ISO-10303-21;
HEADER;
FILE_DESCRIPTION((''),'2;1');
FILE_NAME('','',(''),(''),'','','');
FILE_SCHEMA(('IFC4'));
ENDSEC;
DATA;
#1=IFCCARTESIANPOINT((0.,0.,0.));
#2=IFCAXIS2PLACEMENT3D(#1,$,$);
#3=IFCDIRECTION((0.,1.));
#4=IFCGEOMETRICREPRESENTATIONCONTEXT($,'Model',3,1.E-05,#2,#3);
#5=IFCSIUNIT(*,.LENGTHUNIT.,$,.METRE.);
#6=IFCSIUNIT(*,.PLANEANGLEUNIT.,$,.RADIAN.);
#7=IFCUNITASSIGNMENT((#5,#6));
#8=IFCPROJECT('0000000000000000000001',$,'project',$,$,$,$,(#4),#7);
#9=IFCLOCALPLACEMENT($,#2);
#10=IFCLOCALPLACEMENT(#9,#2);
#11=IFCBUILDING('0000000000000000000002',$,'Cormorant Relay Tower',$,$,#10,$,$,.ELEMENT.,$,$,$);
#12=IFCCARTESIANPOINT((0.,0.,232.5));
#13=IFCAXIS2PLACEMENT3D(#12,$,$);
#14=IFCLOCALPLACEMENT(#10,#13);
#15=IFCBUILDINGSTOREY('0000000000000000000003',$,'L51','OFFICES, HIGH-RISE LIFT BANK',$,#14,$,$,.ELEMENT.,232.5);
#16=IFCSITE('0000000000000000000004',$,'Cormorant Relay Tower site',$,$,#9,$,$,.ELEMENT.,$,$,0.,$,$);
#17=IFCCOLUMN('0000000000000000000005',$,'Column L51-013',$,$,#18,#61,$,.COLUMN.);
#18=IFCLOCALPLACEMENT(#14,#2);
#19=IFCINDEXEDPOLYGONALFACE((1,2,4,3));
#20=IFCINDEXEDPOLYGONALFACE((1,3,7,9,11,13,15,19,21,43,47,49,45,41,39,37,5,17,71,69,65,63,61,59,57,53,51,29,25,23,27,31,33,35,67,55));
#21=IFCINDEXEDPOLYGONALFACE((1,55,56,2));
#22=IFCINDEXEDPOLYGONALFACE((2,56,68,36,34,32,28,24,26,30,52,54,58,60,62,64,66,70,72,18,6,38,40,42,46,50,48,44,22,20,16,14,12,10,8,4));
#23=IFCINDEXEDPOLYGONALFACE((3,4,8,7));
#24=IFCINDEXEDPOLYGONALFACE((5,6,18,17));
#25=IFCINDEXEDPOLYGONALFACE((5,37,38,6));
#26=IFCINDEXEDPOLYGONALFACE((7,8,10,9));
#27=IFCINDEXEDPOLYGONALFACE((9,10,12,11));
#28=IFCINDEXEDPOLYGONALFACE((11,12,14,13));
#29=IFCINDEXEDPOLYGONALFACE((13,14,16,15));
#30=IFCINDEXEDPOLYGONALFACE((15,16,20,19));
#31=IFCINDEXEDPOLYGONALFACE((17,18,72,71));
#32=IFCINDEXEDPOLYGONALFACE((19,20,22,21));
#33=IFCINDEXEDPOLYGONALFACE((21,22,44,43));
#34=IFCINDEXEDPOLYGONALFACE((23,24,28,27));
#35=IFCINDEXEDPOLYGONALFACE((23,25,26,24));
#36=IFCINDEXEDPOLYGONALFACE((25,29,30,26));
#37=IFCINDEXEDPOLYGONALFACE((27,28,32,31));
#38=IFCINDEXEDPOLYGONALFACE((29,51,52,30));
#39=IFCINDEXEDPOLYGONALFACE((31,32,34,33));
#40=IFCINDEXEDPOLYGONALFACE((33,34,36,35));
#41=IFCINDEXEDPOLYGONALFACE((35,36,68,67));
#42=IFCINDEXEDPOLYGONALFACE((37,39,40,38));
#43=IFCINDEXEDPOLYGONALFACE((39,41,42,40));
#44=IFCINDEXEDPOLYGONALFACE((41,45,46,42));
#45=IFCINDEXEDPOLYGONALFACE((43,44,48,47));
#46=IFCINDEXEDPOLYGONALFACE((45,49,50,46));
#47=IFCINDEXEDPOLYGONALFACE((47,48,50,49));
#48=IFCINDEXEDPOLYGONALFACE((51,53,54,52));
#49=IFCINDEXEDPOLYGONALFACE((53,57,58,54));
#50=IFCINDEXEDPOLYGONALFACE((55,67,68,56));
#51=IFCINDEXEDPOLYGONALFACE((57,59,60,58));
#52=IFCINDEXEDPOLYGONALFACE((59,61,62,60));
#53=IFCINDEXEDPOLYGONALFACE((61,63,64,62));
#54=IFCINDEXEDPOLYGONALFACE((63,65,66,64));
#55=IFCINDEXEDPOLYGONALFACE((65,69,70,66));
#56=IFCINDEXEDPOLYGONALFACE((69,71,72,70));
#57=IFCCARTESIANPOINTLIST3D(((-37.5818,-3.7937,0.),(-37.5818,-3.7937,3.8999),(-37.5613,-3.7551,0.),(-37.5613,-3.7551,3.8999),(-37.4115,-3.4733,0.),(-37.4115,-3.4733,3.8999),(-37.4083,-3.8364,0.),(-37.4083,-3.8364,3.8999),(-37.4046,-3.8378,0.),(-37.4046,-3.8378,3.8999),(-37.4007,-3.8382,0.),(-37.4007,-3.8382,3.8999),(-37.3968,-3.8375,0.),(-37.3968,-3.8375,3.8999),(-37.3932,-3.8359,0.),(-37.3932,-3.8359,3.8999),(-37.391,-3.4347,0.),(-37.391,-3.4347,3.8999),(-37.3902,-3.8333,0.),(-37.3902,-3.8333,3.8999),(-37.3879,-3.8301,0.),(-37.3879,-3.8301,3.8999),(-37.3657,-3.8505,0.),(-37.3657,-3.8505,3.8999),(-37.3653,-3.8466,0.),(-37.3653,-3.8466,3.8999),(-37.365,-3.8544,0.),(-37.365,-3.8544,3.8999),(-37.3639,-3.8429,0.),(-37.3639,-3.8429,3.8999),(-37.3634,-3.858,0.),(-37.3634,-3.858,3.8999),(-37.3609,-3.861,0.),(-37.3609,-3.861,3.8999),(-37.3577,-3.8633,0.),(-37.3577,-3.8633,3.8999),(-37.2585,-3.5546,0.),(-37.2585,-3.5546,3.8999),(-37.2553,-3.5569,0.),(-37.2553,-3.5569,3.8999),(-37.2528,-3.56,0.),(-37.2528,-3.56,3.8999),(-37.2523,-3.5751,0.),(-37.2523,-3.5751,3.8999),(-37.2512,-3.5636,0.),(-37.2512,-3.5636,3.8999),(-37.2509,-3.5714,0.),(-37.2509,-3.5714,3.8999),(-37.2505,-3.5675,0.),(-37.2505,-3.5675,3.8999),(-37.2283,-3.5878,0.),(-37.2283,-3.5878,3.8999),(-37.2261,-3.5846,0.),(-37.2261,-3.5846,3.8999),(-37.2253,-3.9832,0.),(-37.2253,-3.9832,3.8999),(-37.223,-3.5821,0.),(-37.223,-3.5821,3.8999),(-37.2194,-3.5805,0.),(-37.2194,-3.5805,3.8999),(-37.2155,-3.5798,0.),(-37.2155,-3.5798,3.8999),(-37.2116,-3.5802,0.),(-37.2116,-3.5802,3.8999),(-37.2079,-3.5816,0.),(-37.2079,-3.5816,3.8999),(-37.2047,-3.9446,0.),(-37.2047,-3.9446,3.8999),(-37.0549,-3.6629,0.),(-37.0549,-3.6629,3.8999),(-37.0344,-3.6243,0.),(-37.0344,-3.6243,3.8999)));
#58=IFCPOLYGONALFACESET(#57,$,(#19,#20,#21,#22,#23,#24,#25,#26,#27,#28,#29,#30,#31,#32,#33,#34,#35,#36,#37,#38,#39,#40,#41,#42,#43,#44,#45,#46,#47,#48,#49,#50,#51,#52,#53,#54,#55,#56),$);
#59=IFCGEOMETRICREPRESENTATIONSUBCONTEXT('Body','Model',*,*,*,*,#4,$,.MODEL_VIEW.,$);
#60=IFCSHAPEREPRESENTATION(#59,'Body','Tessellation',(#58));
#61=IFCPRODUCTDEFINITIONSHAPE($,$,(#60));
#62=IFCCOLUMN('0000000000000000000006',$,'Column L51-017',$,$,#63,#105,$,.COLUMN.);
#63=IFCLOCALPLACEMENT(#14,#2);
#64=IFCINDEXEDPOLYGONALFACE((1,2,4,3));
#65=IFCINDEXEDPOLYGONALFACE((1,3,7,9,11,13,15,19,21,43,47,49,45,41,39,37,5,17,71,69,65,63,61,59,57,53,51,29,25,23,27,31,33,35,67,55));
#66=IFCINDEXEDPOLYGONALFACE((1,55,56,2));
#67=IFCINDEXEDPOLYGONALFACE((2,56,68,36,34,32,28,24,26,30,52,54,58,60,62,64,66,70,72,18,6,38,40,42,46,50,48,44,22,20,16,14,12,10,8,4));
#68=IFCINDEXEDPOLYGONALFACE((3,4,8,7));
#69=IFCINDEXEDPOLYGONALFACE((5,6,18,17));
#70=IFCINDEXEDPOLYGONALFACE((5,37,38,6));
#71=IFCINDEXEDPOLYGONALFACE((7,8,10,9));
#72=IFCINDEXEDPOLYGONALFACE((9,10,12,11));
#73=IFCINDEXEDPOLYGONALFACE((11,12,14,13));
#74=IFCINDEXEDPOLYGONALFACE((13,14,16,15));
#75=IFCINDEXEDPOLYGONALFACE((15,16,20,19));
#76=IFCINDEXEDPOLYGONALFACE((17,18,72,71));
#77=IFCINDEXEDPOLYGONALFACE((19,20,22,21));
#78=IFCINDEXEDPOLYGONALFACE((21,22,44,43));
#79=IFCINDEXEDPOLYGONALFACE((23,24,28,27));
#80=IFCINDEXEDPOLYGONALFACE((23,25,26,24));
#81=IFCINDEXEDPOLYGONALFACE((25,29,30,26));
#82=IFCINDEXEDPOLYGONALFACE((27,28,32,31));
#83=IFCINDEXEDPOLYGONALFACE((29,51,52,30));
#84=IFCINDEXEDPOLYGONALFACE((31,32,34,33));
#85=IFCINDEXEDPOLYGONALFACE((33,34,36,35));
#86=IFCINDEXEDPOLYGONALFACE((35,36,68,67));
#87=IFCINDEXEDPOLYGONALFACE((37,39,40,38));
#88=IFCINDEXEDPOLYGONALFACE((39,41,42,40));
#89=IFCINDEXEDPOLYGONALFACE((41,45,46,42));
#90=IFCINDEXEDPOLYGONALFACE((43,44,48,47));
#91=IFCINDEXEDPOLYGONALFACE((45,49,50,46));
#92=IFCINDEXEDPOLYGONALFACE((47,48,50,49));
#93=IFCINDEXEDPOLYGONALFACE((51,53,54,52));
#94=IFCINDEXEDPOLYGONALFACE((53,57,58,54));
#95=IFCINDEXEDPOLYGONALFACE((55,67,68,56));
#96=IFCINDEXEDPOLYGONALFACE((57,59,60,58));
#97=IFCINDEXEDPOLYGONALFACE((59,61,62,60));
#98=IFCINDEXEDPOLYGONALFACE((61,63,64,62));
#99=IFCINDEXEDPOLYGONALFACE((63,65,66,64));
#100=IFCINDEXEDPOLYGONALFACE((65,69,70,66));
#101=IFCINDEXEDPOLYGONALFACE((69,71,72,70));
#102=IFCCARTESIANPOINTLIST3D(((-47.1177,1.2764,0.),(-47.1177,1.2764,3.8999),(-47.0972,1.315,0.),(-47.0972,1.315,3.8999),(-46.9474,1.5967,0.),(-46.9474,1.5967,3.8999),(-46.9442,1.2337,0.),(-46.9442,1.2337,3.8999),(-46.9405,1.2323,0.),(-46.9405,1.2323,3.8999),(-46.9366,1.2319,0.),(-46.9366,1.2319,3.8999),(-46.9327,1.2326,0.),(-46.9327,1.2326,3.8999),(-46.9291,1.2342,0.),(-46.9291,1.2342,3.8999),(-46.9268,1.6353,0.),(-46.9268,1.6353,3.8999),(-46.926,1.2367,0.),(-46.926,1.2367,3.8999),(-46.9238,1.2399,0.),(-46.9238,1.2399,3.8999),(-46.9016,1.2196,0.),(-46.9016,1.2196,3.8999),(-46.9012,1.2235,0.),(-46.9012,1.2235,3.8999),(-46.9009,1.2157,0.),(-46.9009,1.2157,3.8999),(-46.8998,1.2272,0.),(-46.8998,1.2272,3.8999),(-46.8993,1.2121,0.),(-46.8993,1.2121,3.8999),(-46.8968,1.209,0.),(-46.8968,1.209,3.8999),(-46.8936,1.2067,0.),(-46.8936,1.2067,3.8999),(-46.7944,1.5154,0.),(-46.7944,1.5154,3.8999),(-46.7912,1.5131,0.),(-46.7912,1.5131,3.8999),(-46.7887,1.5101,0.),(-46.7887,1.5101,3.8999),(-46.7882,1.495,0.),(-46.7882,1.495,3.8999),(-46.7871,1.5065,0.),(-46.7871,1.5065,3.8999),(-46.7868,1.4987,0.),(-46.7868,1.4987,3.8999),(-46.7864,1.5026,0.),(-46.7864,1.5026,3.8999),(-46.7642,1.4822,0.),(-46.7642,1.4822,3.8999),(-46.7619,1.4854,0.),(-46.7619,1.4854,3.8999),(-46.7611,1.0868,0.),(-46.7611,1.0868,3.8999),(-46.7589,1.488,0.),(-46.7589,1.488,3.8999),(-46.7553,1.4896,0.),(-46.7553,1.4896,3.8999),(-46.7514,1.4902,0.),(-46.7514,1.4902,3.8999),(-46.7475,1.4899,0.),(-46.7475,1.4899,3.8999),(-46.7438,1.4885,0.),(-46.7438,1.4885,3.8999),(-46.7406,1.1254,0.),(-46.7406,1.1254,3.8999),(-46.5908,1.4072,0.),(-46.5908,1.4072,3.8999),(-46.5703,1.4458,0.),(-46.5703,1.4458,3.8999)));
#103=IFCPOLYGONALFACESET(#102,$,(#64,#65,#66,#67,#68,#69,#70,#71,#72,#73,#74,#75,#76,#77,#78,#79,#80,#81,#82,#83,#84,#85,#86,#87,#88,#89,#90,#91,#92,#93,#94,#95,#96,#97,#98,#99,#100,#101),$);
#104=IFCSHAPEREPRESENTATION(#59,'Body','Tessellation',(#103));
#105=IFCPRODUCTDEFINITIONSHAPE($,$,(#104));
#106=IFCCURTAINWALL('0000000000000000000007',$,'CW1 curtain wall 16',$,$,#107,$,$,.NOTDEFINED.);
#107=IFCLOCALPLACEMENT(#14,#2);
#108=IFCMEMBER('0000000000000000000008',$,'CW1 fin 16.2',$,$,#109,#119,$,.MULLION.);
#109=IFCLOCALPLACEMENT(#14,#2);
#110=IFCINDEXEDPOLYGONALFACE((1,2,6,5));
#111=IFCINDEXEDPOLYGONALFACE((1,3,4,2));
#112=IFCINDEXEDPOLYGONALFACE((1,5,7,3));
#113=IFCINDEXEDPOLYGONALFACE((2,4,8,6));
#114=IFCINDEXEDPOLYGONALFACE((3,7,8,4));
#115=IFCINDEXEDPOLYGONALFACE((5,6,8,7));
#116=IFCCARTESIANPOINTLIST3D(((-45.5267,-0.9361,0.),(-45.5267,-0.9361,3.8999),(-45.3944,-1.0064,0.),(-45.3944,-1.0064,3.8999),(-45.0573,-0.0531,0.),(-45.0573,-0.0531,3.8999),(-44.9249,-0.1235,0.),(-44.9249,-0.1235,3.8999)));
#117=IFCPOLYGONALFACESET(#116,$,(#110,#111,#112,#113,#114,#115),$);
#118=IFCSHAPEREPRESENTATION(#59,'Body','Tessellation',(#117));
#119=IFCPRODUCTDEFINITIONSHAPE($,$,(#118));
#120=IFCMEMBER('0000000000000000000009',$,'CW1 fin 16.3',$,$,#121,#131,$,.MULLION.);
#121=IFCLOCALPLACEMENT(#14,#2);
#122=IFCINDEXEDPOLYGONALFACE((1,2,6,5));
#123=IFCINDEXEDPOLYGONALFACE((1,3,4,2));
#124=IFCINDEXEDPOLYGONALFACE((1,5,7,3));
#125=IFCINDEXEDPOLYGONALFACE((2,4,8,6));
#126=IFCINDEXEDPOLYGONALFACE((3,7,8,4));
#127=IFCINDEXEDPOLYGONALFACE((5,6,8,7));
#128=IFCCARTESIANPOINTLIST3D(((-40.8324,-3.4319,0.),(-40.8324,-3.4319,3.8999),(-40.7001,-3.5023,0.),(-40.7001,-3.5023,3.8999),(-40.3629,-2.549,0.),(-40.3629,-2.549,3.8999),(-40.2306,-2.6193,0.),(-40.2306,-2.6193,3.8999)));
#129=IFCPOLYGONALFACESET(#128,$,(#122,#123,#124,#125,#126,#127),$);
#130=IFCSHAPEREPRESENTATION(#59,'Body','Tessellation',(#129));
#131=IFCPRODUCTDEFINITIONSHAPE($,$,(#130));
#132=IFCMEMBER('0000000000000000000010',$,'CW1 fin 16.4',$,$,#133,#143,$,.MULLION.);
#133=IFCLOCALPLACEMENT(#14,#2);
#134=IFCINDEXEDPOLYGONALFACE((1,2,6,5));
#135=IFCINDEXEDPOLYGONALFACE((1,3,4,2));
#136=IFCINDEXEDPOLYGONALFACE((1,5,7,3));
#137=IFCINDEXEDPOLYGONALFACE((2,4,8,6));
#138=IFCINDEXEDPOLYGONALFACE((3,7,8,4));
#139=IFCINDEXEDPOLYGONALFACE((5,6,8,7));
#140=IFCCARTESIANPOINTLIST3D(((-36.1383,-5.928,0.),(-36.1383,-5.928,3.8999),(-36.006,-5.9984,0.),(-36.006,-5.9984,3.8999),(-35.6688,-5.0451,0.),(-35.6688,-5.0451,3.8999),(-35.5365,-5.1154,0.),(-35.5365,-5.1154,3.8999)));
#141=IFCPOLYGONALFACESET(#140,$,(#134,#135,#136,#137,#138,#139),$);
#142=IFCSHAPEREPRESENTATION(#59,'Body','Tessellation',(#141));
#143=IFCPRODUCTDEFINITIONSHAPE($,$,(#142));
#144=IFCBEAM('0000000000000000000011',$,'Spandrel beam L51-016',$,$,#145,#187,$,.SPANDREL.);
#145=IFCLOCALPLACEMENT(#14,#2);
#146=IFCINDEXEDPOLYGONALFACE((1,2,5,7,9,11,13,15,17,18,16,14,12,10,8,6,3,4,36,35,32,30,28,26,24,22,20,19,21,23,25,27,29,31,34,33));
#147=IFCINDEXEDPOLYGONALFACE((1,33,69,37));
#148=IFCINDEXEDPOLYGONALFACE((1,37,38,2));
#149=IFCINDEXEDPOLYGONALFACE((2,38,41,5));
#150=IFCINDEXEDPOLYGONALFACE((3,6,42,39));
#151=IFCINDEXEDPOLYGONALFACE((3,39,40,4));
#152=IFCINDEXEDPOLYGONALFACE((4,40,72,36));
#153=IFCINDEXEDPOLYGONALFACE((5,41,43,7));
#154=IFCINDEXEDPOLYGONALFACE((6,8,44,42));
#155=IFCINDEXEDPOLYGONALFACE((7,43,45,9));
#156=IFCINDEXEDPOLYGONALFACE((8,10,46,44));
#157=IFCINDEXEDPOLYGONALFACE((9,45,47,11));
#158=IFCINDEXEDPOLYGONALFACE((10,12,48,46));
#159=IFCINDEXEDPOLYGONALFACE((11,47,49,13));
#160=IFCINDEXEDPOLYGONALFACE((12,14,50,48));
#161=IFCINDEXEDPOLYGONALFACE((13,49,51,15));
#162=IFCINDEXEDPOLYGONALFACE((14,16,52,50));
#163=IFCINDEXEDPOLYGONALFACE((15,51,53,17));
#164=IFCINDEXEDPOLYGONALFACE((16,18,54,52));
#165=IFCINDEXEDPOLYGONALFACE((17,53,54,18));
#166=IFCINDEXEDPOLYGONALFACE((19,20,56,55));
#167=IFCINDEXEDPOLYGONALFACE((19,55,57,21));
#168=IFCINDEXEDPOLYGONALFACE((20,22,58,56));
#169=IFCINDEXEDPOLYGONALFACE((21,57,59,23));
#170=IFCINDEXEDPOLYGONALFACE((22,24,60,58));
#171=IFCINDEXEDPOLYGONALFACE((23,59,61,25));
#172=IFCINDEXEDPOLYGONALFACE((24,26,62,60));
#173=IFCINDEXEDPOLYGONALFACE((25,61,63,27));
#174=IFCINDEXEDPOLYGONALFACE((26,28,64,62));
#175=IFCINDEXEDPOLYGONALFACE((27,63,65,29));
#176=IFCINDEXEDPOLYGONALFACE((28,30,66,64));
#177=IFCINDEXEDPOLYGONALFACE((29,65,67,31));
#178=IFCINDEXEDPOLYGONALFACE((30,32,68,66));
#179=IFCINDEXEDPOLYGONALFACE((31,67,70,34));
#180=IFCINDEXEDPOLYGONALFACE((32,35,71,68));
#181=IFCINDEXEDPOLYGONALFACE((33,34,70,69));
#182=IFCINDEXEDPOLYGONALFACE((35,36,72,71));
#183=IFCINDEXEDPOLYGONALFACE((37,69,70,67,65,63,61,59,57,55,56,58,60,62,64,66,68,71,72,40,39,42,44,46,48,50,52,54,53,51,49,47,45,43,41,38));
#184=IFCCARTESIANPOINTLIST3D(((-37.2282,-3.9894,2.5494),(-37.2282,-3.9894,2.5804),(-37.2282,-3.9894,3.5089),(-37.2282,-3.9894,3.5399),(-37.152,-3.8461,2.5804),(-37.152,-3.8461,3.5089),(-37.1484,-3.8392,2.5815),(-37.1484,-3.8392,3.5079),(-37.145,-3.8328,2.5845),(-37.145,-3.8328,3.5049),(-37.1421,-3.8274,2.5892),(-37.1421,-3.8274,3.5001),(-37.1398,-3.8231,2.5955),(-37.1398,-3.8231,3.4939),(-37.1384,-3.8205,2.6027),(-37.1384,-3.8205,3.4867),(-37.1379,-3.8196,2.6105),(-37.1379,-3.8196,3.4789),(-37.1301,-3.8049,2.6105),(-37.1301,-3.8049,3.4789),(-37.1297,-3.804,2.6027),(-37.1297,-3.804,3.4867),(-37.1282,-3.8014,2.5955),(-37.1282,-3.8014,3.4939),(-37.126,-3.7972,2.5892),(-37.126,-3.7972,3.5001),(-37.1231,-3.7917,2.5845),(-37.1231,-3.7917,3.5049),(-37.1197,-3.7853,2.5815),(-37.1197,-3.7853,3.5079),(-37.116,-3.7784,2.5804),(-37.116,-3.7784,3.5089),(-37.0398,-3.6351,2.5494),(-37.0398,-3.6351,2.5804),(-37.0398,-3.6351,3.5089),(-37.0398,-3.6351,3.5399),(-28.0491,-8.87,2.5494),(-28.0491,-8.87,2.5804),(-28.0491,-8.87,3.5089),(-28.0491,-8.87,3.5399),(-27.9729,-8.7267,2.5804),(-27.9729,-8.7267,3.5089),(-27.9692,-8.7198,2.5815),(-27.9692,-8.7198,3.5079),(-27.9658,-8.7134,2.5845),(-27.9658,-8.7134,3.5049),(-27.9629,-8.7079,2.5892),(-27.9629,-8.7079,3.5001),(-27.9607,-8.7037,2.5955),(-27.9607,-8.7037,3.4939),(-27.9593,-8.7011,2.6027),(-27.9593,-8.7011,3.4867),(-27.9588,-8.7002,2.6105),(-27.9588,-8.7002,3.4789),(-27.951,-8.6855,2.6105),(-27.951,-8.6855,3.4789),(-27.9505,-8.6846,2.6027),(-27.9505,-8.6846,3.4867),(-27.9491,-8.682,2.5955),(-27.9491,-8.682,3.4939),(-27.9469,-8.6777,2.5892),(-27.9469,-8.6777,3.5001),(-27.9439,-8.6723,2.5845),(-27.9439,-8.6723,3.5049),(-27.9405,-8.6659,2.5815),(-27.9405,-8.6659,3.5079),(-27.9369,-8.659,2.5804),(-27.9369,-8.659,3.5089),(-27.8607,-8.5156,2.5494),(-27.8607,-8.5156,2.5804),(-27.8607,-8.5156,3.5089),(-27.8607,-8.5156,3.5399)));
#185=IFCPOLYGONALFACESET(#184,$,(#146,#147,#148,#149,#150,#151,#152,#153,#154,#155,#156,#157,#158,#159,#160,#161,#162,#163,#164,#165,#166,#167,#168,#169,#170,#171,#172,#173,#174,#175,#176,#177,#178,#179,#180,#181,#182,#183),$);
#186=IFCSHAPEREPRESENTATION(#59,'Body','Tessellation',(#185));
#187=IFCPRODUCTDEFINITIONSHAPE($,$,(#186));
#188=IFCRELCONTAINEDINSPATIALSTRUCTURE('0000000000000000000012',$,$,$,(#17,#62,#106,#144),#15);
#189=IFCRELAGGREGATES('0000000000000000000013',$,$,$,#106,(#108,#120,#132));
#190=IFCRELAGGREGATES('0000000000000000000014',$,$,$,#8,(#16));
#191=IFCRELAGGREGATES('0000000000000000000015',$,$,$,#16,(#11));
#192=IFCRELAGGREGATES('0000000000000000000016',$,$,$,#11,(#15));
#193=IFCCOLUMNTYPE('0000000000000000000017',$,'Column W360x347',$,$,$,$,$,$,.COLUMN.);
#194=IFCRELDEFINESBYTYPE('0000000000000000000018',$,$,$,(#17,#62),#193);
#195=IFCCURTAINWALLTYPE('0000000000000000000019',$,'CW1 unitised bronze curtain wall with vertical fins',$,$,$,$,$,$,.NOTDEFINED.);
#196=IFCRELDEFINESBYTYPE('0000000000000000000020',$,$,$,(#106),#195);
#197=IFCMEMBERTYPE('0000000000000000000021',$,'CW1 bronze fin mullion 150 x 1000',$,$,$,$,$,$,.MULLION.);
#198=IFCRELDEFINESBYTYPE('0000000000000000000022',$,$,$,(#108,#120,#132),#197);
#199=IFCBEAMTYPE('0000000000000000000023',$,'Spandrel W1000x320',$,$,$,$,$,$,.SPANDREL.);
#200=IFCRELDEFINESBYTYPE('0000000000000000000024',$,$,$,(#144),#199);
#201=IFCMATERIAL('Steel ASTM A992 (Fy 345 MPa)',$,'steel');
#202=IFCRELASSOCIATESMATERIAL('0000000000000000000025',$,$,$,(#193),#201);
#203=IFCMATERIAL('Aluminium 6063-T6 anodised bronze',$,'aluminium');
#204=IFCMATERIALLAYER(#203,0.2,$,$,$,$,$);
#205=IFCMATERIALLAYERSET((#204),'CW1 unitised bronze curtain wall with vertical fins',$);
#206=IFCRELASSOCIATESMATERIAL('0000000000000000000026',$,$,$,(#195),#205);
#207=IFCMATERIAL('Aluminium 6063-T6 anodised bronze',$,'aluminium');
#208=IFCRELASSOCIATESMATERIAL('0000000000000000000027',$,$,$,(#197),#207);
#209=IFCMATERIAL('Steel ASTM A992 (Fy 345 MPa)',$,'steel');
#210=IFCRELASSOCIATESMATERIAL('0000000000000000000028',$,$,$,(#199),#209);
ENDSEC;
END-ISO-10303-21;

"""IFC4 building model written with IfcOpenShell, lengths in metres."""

from ifc_helpers import new_model, si_unit, direction, frame, origin, origin_2d, place, context, subcontext, project, spatial, rectangle, i_section, extrude, material, layer, layer_set, material_profile, profile_set, type_object, element, aggregate, save


model = new_model("IFC4")

# Units and contexts
model_context = context("Model", 3, precision=1e-05, world=origin(), true_north=direction((0.0, 1.0)))
body_context = subcontext(model_context, "Body", "Model", "MODEL_VIEW")
ifc_project = project(units=[si_unit("LENGTHUNIT", "METRE"), si_unit("PLANEANGLEUNIT", "RADIAN")], contexts=[model_context])

# Site, building, storey
site_placement = place(None, origin())
site = spatial("IfcSite", under=ifc_project, at=site_placement, Name="Cormorant Relay Tower site", CompositionType="ELEMENT", RefElevation=0.0)
building_placement = place(site_placement, origin())
building = spatial("IfcBuilding", under=site, at=building_placement, Name="Cormorant Relay Tower", CompositionType="ELEMENT")
storey_placement = place(building_placement, frame((0.0, 0.0, 232.5)))
storey = spatial("IfcBuildingStorey", under=building, at=storey_placement, Name="L51", Description="OFFICES, HIGH-RISE LIFT BANK", CompositionType="ELEMENT", Elevation=232.5)

# Columns
ifc_material_1 = material(Name="Steel ASTM A992 (Fy 345 MPa)", Category="steel")
ifc_material_profile_1 = material_profile(ifc_material_1, i_section(OverallWidth=0.4038, OverallDepth=0.4065, WebThickness=0.0271, FlangeThickness=0.0437, FilletRadius=0.0151, at=origin_2d()), Name="W360x347")
ifc_profile_set_1 = profile_set([ifc_material_profile_1], Name="Steel ASTM A992 (Fy 345 MPa)")
column_type = type_object("IfcColumnType", Name="Column W360x347", PredefinedType="COLUMN", material=ifc_profile_set_1)
for number, where, z_axis, x_axis, name in (
    (1, (-37.3081, -3.709, 0.0), (0.0, 0.0, 1.0), (0.882948, -0.469472, 0.0), "Column L51-013"),
    (2, (-46.844, 1.3611, 0.0), (0.0, 0.0, 1.0), (0.882948, -0.469472, 0.0), "Column L51-017"),
):
    element("IfcColumn", number, at=place(storey_placement, frame(where, z_axis=z_axis, x_axis=x_axis)), inside=storey, type_object=column_type, Name=name, PredefinedType="COLUMN", context=body_context, shape_type="SweptSolid", body=[
        extrude(i_section(OverallWidth=0.4038, OverallDepth=0.4065, WebThickness=0.0271, FlangeThickness=0.0437, FilletRadius=0.0151, at=origin_2d()), origin(), (0.0, 0.0, 1.0), 3.8999),
    ])

# Curtain wall, members
ifc_material_2 = material(Name="Aluminium 6063-T6 anodised bronze", Category="aluminium")
ifc_layer_1 = layer(ifc_material_2, 0.2)
ifc_layer_set_1 = layer_set([ifc_layer_1], Name="CW1 unitised bronze curtain wall with vertical fins")
curtain_wall_type = type_object("IfcCurtainWallType", Name="CW1 unitised bronze curtain wall with vertical fins", PredefinedType="NOTDEFINED", material=ifc_layer_set_1)
curtain_wall_placement = place(storey_placement, origin())
curtain_wall = element("IfcCurtainWall", 3, at=curtain_wall_placement, inside=storey, type_object=curtain_wall_type, Name="CW1 curtain wall 16", PredefinedType="NOTDEFINED")
ifc_material_3 = material(Name="Aluminium 6063-T6 anodised bronze", Category="aluminium")
ifc_material_profile_2 = material_profile(ifc_material_3, rectangle(XDim=0.1499, YDim=1.0, at=origin_2d()), Name="AL 150x1000")
ifc_profile_set_2 = profile_set([ifc_material_profile_2], Name="Aluminium 6063-T6 anodised bronze")
member_type = type_object("IfcMemberType", Name="CW1 bronze fin mullion 150 x 1000", PredefinedType="MULLION", material=ifc_profile_set_2)
member_1_placement = place(storey_placement, frame((-45.2258, -0.5298, 0.0), z_axis=(0.0, 0.0, 1.0), x_axis=(0.882948, -0.469472, 0.0)))
member_1 = element("IfcMember", 4, at=member_1_placement, type_object=member_type, Name="CW1 fin 16.2", PredefinedType="MULLION", context=body_context, shape_type="SweptSolid", body=[
    extrude(rectangle(XDim=0.1499, YDim=1.0, at=origin_2d()), origin(), (0.0, 0.0, 1.0), 3.8999),
])
member_2_placement = place(storey_placement, frame((-40.5315, -3.0256, 0.0), z_axis=(0.0, 0.0, 1.0), x_axis=(0.882948, -0.469472, 0.0)))
member_2 = element("IfcMember", 5, at=member_2_placement, type_object=member_type, Name="CW1 fin 16.3", PredefinedType="MULLION", context=body_context, shape_type="SweptSolid", body=[
    extrude(rectangle(XDim=0.1499, YDim=1.0, at=origin_2d()), origin(), (0.0, 0.0, 1.0), 3.8999),
])
member_3_placement = place(storey_placement, frame((-35.8374, -5.5217, 0.0), z_axis=(0.0, 0.0, 1.0), x_axis=(0.882948, -0.469472, 0.0)))
member_3 = element("IfcMember", 6, at=member_3_placement, type_object=member_type, Name="CW1 fin 16.4", PredefinedType="MULLION", context=body_context, shape_type="SweptSolid", body=[
    extrude(rectangle(XDim=0.1499, YDim=1.0, at=origin_2d()), origin(), (0.0, 0.0, 1.0), 3.8999),
])

# Beam
ifc_material_4 = material(Name="Steel ASTM A992 (Fy 345 MPa)", Category="steel")
ifc_material_profile_3 = material_profile(ifc_material_4, i_section(OverallWidth=0.4014, OverallDepth=0.9905, WebThickness=0.0166, FlangeThickness=0.031, FilletRadius=0.03, at=origin_2d()), Name="W1000x320")
ifc_profile_set_3 = profile_set([ifc_material_profile_3], Name="Steel ASTM A992 (Fy 345 MPa)")
beam_type_1 = type_object("IfcBeamType", Name="Spandrel W1000x320", PredefinedType="SPANDREL", material=ifc_profile_set_3)
beam_1_placement = place(storey_placement, frame((-37.134, -3.8123, 3.0447), z_axis=(0.88295, -0.469468, 0.0), x_axis=(0.469468, 0.88295, 0.0)))
element("IfcBeam", 7, at=beam_1_placement, inside=storey, type_object=beam_type_1, Name="Spandrel beam L51-016", PredefinedType="SPANDREL", context=body_context, shape_type="SweptSolid", body=[
    extrude(i_section(OverallWidth=0.4014, OverallDepth=0.9905, WebThickness=0.0166, FlangeThickness=0.031, FilletRadius=0.03, at=origin_2d()), origin(), (0.0, 0.0, 1.0), 10.396),
])

aggregate(curtain_wall, [member_1, member_2, member_3])

save(model, "model.ifc")
